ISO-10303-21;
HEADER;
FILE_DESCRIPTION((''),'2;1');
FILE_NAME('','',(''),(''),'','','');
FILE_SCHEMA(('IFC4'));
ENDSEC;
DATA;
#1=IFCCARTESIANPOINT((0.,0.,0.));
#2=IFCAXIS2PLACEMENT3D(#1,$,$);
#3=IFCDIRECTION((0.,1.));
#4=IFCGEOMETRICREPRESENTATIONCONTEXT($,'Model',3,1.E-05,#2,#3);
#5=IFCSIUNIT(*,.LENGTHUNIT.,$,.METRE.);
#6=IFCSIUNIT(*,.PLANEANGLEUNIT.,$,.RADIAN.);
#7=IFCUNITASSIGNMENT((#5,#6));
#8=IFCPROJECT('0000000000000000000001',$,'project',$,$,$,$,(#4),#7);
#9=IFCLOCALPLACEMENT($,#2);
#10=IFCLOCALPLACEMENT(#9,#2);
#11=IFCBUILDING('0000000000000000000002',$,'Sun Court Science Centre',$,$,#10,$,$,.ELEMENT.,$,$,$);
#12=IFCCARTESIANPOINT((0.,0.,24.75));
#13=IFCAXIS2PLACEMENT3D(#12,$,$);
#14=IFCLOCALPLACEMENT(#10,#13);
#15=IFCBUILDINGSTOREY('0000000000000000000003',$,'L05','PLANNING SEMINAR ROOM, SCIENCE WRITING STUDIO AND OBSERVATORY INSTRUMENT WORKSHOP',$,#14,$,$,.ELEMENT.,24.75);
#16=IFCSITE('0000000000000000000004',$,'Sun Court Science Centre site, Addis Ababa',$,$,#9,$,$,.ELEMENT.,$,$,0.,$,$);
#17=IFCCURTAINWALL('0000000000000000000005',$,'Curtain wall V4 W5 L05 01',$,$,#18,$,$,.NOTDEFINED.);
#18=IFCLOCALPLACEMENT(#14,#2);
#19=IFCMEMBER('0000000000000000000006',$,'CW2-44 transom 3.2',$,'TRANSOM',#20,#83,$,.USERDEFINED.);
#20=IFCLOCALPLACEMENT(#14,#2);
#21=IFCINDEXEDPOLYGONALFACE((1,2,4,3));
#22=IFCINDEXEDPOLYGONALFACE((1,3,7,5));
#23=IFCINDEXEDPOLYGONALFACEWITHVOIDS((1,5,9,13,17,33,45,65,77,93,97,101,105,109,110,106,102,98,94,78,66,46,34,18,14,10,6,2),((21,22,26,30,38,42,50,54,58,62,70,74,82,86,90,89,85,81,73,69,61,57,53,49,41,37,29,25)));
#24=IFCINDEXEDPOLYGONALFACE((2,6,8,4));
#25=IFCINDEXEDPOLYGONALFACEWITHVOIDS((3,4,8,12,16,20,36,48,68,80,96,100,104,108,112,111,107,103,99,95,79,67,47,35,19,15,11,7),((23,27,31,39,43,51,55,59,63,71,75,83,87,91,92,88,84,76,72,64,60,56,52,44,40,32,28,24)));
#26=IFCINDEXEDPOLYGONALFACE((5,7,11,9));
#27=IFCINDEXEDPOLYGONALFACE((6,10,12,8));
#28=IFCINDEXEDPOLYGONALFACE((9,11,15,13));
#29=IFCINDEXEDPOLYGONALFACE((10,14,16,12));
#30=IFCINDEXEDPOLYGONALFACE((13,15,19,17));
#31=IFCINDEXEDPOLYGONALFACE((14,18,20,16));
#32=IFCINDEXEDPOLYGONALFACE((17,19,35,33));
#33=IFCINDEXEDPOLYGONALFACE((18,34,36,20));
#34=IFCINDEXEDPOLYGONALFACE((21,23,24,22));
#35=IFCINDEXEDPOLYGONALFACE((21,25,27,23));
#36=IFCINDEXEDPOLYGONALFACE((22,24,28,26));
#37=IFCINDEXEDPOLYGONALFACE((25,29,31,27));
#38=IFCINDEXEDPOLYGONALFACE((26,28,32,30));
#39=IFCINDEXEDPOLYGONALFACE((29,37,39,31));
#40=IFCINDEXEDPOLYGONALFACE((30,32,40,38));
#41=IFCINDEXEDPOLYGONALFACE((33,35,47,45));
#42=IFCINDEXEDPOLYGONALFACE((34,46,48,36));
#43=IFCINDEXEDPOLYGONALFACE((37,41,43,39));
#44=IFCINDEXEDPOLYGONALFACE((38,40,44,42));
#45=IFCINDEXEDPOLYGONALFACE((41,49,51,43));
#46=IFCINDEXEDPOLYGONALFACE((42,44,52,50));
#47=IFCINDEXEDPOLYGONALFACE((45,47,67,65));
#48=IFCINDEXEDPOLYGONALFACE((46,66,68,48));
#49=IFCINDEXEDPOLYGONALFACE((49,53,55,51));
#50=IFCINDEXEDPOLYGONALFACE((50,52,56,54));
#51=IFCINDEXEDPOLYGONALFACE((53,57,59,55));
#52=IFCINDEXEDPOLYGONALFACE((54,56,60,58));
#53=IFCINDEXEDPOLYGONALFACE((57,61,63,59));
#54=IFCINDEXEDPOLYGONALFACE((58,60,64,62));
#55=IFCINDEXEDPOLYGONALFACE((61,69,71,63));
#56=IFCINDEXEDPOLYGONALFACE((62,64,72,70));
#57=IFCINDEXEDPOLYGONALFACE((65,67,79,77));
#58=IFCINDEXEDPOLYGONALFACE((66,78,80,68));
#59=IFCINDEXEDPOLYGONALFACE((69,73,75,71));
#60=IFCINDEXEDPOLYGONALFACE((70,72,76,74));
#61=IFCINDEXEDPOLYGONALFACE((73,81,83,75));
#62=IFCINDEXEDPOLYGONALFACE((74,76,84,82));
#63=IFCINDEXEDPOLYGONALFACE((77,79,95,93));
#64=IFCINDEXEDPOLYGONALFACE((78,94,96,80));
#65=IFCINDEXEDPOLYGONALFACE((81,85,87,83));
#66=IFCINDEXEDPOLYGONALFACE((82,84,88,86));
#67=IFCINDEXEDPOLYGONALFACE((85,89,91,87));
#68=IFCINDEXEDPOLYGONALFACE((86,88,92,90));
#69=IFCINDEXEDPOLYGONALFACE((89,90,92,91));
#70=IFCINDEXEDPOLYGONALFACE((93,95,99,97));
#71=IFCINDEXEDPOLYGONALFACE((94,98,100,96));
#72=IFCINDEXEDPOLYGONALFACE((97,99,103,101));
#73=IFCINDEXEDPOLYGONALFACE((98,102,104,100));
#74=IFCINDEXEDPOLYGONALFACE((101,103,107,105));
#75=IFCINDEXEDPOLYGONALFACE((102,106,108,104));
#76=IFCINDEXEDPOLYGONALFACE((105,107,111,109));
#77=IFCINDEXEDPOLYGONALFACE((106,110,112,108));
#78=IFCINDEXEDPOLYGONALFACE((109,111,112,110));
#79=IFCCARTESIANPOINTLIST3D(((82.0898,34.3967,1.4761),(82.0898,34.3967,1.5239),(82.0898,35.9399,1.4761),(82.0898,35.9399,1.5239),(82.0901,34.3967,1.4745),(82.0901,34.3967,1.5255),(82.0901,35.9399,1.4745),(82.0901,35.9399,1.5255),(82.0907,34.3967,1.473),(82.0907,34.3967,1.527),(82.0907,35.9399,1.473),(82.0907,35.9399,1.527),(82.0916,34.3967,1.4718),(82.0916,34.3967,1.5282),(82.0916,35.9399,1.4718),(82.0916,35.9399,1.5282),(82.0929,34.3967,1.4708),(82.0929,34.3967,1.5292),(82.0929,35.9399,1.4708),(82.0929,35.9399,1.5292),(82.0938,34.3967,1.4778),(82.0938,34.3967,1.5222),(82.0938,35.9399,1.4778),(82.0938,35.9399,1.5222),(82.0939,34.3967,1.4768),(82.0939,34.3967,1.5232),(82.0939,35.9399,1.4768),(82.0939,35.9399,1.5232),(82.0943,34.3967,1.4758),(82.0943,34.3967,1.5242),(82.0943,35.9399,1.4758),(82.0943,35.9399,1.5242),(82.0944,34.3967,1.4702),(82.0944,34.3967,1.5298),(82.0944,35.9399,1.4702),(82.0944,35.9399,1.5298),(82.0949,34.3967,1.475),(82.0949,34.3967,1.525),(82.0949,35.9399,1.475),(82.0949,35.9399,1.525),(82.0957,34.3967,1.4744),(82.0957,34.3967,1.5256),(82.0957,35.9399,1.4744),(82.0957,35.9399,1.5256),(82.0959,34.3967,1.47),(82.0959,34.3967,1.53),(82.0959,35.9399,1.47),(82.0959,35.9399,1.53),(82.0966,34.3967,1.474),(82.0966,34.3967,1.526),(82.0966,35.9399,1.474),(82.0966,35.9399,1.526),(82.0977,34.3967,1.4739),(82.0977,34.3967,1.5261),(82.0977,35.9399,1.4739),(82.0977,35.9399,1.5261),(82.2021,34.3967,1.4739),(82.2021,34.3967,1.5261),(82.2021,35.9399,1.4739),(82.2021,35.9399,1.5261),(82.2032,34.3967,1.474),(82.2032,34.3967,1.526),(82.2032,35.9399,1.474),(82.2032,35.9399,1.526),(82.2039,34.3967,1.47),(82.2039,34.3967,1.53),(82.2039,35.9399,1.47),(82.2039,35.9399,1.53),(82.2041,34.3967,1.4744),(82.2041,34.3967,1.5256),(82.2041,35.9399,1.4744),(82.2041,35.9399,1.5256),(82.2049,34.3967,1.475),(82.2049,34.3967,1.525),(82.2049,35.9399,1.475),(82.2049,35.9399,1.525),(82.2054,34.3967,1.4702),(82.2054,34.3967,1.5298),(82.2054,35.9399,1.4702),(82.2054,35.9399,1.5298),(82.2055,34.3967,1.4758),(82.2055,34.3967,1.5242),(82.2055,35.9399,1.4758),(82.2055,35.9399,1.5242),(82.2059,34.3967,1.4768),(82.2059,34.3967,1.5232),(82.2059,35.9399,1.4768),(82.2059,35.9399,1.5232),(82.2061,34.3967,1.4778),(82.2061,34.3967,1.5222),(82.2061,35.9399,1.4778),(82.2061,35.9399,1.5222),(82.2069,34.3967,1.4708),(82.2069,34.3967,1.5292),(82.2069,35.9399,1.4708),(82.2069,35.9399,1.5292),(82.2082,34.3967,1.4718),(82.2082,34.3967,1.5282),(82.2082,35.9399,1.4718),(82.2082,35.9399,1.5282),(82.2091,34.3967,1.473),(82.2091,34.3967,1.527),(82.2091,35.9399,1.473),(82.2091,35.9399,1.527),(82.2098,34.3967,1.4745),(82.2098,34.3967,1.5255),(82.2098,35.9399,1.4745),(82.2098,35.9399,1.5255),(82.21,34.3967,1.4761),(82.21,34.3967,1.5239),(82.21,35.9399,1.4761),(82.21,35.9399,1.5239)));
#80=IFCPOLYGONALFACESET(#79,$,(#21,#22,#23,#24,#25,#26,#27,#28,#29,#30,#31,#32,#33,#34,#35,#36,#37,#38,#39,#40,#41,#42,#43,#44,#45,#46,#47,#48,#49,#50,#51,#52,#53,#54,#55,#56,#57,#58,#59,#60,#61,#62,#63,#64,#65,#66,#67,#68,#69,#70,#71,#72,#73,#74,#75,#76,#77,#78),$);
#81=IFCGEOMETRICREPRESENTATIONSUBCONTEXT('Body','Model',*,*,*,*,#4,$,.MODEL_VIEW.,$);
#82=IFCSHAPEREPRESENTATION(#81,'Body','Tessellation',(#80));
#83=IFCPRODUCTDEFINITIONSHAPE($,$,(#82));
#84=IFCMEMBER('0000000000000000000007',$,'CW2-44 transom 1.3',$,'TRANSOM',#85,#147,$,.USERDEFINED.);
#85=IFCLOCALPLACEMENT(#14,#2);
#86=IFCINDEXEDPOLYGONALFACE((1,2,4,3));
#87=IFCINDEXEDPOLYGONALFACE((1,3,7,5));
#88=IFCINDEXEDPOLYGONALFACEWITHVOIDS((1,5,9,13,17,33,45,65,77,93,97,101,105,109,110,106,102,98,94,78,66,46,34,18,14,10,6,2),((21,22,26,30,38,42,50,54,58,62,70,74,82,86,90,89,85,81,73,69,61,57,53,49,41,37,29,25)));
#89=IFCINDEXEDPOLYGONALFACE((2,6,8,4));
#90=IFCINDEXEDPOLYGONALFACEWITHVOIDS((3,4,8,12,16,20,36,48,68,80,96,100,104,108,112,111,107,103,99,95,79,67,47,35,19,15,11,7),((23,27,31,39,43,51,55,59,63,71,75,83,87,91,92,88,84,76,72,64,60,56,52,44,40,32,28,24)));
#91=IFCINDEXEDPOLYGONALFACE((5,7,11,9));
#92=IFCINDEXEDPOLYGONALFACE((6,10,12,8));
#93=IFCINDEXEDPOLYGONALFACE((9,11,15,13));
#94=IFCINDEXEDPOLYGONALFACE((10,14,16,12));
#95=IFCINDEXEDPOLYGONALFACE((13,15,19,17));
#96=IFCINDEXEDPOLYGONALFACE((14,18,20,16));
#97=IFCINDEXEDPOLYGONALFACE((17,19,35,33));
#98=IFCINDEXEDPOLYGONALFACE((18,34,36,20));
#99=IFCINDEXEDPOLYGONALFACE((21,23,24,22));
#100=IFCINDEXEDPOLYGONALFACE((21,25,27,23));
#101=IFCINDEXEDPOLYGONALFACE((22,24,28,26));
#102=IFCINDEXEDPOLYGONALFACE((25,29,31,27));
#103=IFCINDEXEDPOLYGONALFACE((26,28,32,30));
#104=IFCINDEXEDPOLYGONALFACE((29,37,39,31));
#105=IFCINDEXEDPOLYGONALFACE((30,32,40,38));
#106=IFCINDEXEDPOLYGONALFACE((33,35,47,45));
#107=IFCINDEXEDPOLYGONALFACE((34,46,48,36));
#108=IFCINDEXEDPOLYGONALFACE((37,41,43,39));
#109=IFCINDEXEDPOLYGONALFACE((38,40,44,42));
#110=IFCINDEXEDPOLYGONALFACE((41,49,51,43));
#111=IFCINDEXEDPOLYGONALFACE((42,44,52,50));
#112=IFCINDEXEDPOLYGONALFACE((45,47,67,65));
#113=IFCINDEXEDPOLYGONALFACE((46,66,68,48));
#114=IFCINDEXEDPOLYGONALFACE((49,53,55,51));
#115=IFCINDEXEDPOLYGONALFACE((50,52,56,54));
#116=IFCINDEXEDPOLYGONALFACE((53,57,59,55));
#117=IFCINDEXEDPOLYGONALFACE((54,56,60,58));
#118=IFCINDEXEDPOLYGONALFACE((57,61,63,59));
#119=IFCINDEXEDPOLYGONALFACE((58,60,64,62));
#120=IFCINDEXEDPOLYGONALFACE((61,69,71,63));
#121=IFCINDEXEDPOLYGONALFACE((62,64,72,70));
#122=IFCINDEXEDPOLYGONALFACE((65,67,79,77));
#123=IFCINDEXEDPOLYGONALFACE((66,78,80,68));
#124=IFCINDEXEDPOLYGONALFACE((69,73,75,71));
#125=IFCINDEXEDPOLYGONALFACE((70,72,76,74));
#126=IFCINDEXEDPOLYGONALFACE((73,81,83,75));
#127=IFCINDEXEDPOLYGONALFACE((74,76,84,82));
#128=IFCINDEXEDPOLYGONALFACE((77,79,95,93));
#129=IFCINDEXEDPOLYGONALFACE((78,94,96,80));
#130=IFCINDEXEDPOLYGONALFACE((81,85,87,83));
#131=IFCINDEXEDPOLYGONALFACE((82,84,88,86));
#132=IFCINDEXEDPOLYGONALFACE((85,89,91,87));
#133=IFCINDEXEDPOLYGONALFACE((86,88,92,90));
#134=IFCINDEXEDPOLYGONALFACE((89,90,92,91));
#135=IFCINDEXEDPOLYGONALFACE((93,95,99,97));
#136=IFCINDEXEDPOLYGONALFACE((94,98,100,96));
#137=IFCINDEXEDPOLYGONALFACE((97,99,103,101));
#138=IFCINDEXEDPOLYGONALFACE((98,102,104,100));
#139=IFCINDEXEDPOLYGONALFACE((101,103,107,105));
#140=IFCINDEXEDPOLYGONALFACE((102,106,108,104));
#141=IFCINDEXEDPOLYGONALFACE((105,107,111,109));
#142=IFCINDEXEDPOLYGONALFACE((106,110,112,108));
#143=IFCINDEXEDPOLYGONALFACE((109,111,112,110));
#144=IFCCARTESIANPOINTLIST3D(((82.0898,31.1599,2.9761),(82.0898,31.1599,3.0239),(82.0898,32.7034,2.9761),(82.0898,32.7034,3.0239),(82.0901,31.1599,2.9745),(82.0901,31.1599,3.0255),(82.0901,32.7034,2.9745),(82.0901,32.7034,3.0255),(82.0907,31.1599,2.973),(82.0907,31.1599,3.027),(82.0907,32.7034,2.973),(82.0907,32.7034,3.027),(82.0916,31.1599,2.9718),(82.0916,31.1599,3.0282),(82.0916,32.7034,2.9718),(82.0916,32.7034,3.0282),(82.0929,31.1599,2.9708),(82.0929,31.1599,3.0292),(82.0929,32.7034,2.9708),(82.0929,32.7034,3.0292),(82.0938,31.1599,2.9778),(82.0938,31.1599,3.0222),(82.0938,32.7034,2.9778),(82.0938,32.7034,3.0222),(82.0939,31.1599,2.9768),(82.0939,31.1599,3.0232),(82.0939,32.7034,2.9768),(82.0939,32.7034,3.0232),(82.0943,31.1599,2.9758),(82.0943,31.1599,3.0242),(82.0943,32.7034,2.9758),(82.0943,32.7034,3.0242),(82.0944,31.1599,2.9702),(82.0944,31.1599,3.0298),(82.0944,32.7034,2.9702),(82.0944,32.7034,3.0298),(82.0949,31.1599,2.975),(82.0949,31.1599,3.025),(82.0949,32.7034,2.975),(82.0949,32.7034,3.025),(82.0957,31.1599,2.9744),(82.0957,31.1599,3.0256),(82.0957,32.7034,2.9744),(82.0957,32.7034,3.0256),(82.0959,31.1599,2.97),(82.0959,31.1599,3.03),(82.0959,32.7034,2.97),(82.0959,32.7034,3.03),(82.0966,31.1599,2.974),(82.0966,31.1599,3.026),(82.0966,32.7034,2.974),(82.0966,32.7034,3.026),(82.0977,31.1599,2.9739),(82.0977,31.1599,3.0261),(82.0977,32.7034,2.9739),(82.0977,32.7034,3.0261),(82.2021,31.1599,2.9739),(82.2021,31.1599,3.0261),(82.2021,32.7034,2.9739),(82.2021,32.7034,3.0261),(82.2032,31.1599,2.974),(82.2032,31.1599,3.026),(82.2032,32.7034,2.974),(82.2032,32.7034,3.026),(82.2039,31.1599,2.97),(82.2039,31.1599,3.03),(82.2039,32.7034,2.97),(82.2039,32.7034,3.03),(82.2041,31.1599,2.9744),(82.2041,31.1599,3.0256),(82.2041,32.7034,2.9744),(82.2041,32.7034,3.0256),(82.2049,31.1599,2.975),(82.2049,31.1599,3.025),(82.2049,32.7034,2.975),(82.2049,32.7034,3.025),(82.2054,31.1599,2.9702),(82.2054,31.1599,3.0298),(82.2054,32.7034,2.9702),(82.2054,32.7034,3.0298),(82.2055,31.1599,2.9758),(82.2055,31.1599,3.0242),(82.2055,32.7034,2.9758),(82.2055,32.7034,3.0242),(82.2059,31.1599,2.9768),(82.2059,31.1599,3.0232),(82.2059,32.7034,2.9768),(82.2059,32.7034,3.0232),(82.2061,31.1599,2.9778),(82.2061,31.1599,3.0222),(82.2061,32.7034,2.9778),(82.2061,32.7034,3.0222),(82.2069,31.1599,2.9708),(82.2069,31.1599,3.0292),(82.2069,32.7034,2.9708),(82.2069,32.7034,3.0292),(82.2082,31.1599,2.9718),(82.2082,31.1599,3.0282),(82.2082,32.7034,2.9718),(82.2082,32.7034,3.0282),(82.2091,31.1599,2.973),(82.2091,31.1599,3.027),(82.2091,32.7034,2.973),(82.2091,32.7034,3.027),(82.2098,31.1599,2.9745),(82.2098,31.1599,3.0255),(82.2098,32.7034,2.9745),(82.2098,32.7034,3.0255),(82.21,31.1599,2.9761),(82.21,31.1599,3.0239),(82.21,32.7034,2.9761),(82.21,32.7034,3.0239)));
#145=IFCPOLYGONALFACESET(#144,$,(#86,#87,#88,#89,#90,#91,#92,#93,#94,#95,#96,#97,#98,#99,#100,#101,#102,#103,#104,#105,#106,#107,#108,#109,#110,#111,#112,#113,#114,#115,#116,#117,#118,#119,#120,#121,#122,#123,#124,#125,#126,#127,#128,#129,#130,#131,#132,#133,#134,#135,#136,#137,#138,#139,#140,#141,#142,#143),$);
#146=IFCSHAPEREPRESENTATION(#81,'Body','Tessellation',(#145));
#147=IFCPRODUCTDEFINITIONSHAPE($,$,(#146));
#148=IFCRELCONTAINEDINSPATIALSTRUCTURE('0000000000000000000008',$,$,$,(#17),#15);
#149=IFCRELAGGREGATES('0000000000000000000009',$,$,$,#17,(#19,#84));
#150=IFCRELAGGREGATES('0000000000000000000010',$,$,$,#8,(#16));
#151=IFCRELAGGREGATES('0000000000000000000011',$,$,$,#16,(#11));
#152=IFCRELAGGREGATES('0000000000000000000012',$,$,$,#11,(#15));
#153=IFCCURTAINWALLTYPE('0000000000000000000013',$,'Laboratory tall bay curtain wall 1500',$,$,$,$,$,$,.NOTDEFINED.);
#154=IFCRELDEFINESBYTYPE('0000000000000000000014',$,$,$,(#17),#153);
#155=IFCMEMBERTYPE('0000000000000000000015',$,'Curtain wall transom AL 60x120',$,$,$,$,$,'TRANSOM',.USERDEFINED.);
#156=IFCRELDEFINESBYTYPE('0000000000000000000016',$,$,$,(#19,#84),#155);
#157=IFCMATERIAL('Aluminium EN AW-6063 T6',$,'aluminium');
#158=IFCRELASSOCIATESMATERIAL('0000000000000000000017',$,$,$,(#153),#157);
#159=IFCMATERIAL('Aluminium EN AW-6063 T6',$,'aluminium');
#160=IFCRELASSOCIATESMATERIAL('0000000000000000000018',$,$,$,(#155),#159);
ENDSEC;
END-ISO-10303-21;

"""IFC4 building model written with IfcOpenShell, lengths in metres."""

from ifc_helpers import new_model, si_unit, direction, frame, origin, origin_2d, place, context, subcontext, project, spatial, hollow_rectangle, extrude, material, material_profile, profile_set, type_object, element, aggregate, save


model = new_model("IFC4")

# Units and contexts
model_context = context("Model", 3, precision=1e-05, world=origin(), true_north=direction((0.0, 1.0)))
body_context = subcontext(model_context, "Body", "Model", "MODEL_VIEW")
ifc_project = project(units=[si_unit("LENGTHUNIT", "METRE"), si_unit("PLANEANGLEUNIT", "RADIAN")], contexts=[model_context])

# Site, building, storey
site_placement = place(None, origin())
site = spatial("IfcSite", under=ifc_project, at=site_placement, Name="Sun Court Science Centre site, Addis Ababa", CompositionType="ELEMENT", RefElevation=0.0)
building_placement = place(site_placement, origin())
building = spatial("IfcBuilding", under=site, at=building_placement, Name="Sun Court Science Centre", CompositionType="ELEMENT")
storey_placement = place(building_placement, frame((0.0, 0.0, 24.75)))
storey = spatial("IfcBuildingStorey", under=building, at=storey_placement, Name="L05", Description="PLANNING SEMINAR ROOM, SCIENCE WRITING STUDIO AND OBSERVATORY INSTRUMENT WORKSHOP", CompositionType="ELEMENT", Elevation=24.75)

# Curtain wall
ifc_material_1 = material(Name="Aluminium EN AW-6063 T6", Category="aluminium")
curtain_wall_type = type_object("IfcCurtainWallType", Name="Laboratory tall bay curtain wall 1500", PredefinedType="NOTDEFINED", material=ifc_material_1)
curtain_wall_1_placement = place(storey_placement, origin())
curtain_wall_1 = element("IfcCurtainWall", 1, at=curtain_wall_1_placement, inside=storey, type_object=curtain_wall_type, Name="Curtain wall V4 W5 L05 01", PredefinedType="NOTDEFINED")

# Members
ifc_material_2 = material(Name="Aluminium EN AW-6063 T6", Category="aluminium")
ifc_material_profile_1 = material_profile(ifc_material_2, hollow_rectangle(XDim=0.0601, YDim=0.1201, WallThickness=0.0039, InnerFilletRadius=0.0039, OuterFilletRadius=0.0061, at=origin_2d()), Name="AL 60x120x4")
ifc_profile_set_1 = profile_set([ifc_material_profile_1], Name="Aluminium EN AW-6063 T6")
member_type_1 = type_object("IfcMemberType", Name="Curtain wall transom AL 60x120", ElementType="TRANSOM", PredefinedType="USERDEFINED", material=ifc_profile_set_1)
member_1_placement = place(storey_placement, frame((82.1499, 34.3967, 1.5), z_axis=(0.0, 1.0, 0.0), x_axis=(0.0, 0.0, 1.0)))
member_1 = element("IfcMember", 2, at=member_1_placement, type_object=member_type_1, Name="CW2-44 transom 3.2", ObjectType="TRANSOM", PredefinedType="USERDEFINED", context=body_context, shape_type="SweptSolid", body=[
    extrude(hollow_rectangle(XDim=0.0601, YDim=0.1201, WallThickness=0.0039, InnerFilletRadius=0.0039, OuterFilletRadius=0.0061, at=origin_2d()), origin(), (0.0, 0.0, 1.0), 1.5432),
])
member_2_placement = place(storey_placement, frame((82.1499, 31.1599, 3.0), z_axis=(0.0, 1.0, 0.0), x_axis=(0.0, 0.0, 1.0)))
member_2 = element("IfcMember", 3, at=member_2_placement, type_object=member_type_1, Name="CW2-44 transom 1.3", ObjectType="TRANSOM", PredefinedType="USERDEFINED", context=body_context, shape_type="SweptSolid", body=[
    extrude(hollow_rectangle(XDim=0.0601, YDim=0.1201, WallThickness=0.0039, InnerFilletRadius=0.0039, OuterFilletRadius=0.0061, at=origin_2d()), origin(), (0.0, 0.0, 1.0), 1.5435),
])

aggregate(curtain_wall_1, [member_1, member_2])

save(model, "model.ifc")
